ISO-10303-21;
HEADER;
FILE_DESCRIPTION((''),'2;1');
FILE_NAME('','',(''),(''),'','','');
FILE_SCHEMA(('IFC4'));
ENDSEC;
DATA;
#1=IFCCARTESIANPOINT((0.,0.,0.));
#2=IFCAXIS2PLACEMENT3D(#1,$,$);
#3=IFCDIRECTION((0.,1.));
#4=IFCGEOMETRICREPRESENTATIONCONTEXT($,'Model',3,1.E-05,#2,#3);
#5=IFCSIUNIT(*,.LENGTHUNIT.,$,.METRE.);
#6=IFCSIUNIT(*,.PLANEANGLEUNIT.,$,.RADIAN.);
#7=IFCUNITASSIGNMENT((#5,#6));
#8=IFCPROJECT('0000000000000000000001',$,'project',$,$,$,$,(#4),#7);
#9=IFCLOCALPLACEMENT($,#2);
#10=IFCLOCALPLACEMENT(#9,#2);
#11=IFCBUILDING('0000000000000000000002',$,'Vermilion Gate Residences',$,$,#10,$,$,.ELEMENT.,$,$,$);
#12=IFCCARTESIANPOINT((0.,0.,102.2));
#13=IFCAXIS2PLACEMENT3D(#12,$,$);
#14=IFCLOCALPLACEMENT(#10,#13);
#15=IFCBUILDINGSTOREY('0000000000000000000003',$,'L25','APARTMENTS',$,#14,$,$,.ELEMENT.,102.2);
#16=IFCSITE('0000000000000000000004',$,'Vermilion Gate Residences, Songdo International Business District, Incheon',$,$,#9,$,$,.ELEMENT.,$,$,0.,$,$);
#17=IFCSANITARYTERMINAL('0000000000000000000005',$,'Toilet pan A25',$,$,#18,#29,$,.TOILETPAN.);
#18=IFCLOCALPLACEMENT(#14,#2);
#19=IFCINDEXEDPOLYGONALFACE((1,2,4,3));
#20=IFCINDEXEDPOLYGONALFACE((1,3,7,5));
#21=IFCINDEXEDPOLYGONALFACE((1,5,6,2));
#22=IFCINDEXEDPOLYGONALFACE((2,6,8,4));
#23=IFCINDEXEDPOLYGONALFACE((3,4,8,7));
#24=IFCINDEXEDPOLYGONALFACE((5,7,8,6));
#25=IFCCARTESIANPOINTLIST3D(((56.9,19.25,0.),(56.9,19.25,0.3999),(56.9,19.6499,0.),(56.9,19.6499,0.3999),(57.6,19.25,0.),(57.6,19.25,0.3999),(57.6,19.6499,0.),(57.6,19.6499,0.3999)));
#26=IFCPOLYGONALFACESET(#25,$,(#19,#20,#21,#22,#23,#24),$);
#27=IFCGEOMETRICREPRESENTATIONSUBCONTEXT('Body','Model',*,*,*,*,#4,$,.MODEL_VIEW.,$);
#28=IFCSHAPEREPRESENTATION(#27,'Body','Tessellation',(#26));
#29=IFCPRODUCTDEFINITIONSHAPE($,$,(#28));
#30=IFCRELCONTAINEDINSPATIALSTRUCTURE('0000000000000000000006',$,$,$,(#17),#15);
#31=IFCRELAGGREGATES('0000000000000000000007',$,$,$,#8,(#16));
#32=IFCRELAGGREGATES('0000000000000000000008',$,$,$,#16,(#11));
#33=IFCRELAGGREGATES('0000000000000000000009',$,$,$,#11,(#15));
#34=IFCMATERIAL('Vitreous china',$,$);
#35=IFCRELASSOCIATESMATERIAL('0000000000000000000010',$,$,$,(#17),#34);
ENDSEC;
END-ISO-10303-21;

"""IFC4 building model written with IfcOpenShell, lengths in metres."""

from ifc_helpers import new_model, si_unit, direction, frame, origin, origin_2d, place, context, subcontext, project, spatial, rectangle, extrude, material, element, save


model = new_model("IFC4")

# Units and contexts
model_context = context("Model", 3, precision=1e-05, world=origin(), true_north=direction((0.0, 1.0)))
body_context = subcontext(model_context, "Body", "Model", "MODEL_VIEW")
ifc_project = project(units=[si_unit("LENGTHUNIT", "METRE"), si_unit("PLANEANGLEUNIT", "RADIAN")], contexts=[model_context])

# Site, building, storey
site_placement = place(None, origin())
site = spatial("IfcSite", under=ifc_project, at=site_placement, Name="Vermilion Gate Residences, Songdo International Business District, Incheon", CompositionType="ELEMENT", RefElevation=0.0)
building_placement = place(site_placement, origin())
building = spatial("IfcBuilding", under=site, at=building_placement, Name="Vermilion Gate Residences", CompositionType="ELEMENT")
storey_placement = place(building_placement, frame((0.0, 0.0, 102.2)))
storey = spatial("IfcBuildingStorey", under=building, at=storey_placement, Name="L25", Description="APARTMENTS", CompositionType="ELEMENT", Elevation=102.2)

# Sanitary terminal
ifc_material_1 = material(Name="Vitreous china")
sanitary_terminal_placement = place(storey_placement, frame((57.25, 19.45, 0.0), z_axis=(0.0, 0.0, 1.0), x_axis=(1.0, 0.0, 0.0)))
element("IfcSanitaryTerminal", 1, at=sanitary_terminal_placement, inside=storey, material=ifc_material_1, Name="Toilet pan A25", PredefinedType="TOILETPAN", context=body_context, shape_type="SweptSolid", body=[
    extrude(rectangle(XDim=0.7, YDim=0.3999, at=origin_2d()), origin(), (0.0, 0.0, 1.0), 0.3999),
])

save(model, "model.ifc")
